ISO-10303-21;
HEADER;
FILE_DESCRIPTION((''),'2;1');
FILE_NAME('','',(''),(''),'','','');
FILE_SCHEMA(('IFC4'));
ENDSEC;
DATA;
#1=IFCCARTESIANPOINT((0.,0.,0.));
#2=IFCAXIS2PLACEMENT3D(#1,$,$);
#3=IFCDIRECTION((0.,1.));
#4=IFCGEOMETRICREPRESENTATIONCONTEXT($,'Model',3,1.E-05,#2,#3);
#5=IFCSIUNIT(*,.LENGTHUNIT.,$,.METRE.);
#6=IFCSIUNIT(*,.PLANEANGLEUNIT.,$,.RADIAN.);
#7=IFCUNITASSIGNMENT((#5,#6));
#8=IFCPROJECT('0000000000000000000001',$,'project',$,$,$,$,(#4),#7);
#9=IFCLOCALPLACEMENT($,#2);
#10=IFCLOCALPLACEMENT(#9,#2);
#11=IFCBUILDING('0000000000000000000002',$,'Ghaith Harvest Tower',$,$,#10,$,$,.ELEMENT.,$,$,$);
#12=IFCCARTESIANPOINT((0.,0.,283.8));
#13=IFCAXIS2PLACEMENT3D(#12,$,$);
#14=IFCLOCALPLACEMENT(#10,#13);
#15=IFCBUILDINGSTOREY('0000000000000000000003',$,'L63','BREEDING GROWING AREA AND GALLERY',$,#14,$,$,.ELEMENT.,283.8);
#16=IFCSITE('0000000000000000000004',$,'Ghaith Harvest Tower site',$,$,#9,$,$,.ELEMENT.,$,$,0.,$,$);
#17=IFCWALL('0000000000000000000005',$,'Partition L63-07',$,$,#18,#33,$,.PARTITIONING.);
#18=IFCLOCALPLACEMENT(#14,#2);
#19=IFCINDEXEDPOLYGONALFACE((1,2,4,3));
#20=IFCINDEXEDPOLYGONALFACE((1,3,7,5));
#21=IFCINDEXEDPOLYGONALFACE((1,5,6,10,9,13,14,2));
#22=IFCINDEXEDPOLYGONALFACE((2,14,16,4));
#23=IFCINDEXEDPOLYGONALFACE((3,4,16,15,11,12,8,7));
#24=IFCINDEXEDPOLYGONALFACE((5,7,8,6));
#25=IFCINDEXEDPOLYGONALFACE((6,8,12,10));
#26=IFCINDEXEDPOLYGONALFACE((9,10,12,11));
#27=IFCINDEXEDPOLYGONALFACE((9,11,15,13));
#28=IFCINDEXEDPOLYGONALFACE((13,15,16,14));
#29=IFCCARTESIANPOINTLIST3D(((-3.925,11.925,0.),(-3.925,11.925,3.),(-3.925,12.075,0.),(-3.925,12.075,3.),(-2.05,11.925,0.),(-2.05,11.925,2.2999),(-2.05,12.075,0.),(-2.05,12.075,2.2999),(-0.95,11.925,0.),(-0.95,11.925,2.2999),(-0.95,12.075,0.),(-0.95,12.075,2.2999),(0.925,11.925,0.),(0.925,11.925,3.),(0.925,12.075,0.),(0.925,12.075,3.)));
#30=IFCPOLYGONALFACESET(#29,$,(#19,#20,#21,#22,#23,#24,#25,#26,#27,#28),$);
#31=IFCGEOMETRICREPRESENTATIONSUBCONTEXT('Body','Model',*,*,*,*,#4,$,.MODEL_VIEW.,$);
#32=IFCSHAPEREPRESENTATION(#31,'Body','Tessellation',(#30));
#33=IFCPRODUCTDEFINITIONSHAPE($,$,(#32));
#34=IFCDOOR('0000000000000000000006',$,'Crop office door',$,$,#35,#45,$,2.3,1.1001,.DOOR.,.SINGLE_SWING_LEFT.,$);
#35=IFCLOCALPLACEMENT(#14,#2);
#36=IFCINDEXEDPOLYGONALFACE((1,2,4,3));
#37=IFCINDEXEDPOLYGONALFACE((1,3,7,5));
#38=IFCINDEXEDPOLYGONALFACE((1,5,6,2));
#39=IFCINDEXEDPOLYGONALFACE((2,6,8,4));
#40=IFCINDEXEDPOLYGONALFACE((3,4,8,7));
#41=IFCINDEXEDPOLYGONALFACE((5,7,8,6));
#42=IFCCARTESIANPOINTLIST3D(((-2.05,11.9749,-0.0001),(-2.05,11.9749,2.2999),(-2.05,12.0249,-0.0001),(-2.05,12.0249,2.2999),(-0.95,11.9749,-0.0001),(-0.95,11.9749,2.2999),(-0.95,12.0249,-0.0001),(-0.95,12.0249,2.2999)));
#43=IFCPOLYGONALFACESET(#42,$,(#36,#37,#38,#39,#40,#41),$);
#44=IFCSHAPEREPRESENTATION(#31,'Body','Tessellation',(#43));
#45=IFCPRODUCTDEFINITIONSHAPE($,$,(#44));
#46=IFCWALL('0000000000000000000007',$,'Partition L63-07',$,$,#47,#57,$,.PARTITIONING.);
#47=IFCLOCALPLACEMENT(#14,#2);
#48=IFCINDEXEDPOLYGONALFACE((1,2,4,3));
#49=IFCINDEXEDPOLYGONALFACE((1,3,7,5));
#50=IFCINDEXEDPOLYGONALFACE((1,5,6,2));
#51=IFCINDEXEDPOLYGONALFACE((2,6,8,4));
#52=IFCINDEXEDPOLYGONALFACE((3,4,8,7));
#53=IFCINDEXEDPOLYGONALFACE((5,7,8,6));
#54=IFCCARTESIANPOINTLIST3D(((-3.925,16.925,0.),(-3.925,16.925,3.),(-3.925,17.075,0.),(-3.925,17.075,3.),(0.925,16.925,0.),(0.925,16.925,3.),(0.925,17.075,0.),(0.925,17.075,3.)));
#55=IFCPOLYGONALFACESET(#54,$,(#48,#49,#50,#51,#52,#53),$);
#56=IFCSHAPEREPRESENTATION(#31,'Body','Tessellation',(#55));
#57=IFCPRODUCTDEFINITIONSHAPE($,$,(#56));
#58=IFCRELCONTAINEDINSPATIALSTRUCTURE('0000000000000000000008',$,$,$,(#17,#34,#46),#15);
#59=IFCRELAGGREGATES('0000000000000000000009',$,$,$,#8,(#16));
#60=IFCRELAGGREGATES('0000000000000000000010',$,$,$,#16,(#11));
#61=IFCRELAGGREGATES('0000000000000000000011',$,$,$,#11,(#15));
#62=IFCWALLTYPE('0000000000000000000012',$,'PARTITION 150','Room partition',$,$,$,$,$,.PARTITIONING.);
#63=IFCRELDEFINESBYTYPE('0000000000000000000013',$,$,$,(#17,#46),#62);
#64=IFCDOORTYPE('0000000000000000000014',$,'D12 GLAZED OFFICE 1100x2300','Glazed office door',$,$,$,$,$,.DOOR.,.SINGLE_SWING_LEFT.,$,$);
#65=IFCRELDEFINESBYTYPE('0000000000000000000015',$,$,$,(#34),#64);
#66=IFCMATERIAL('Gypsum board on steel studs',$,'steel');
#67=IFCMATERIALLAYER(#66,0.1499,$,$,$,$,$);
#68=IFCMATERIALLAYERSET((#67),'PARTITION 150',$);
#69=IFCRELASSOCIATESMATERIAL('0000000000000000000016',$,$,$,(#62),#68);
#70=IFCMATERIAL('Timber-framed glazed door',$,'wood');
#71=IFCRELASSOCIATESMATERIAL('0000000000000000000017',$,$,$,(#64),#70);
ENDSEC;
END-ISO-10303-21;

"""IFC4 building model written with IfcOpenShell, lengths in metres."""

from ifc_helpers import new_model, si_unit, direction, frame, frame_2d, origin, place, context, subcontext, project, spatial, rectangle, extrude, material, layer, layer_set, type_object, element, fill, save


model = new_model("IFC4")

# Units and contexts
model_context = context("Model", 3, precision=1e-05, world=origin(), true_north=direction((0.0, 1.0)))
body_context = subcontext(model_context, "Body", "Model", "MODEL_VIEW")
ifc_project = project(units=[si_unit("LENGTHUNIT", "METRE"), si_unit("PLANEANGLEUNIT", "RADIAN")], contexts=[model_context])

# Site, building, storey
site_placement = place(None, origin())
site = spatial("IfcSite", under=ifc_project, at=site_placement, Name="Ghaith Harvest Tower site", CompositionType="ELEMENT", RefElevation=0.0)
building_placement = place(site_placement, origin())
building = spatial("IfcBuilding", under=site, at=building_placement, Name="Ghaith Harvest Tower", CompositionType="ELEMENT")
storey_placement = place(building_placement, frame((0.0, 0.0, 283.8)))
storey = spatial("IfcBuildingStorey", under=building, at=storey_placement, Name="L63", Description="BREEDING GROWING AREA AND GALLERY", CompositionType="ELEMENT", Elevation=283.8)

# Shared definitions
ifc_material_1 = material(Name="Gypsum board on steel studs", Category="steel")
ifc_layer_1 = layer(ifc_material_1, 0.1499)
ifc_layer_set_1 = layer_set([ifc_layer_1], Name="PARTITION 150")
wall_type = type_object("IfcWallType", Name="PARTITION 150", Description="Room partition", PredefinedType="PARTITIONING", material=ifc_layer_set_1)

# Wall, opening, door
wall_1_placement = place(storey_placement, frame((-3.925, 12.0, 0.0), z_axis=(0.0, 0.0, 1.0), x_axis=(1.0, 0.0, 0.0)))
wall_1 = element("IfcWall", 1, at=wall_1_placement, inside=storey, type_object=wall_type, Name="Partition L63-07", PredefinedType="PARTITIONING", context=body_context, shape_type="SweptSolid", body=[
    extrude(rectangle(XDim=4.8501, YDim=0.1499, at=frame_2d((2.425, 0.0))), origin(), (0.0, 0.0, 1.0), 3.0),
])
opening_1_placement = place(wall_1_placement, frame((1.875, 0.0, 0.0)))
opening_1 = element("IfcOpeningElement", 2, at=opening_1_placement, cuts=wall_1, PredefinedType="OPENING", context=body_context, shape_type="SweptSolid", body=[
    extrude(rectangle(XDim=1.1001, YDim=2.3, at=frame_2d((0.55, 1.1499))), frame((0.0, 0.085, 0.0), z_axis=(0.0, -1.0, 0.0), x_axis=(1.0, 0.0, 0.0)), (0.0, 0.0, 1.0), 0.1699),
])
ifc_material_2 = material(Name="Timber-framed glazed door", Category="wood")
door_type_1 = type_object("IfcDoorType", Name="D12 GLAZED OFFICE 1100x2300", Description="Glazed office door", OperationType="SINGLE_SWING_LEFT", PredefinedType="DOOR", material=ifc_material_2)
door_1_placement = place(opening_1_placement, origin())
door_1 = element("IfcDoor", 3, at=door_1_placement, inside=storey, type_object=door_type_1, Name="Crop office door", OperationType="SINGLE_SWING_LEFT", OverallHeight=2.3, OverallWidth=1.1001, PredefinedType="DOOR", context=body_context, shape_type="SweptSolid", body=[
    extrude(rectangle(XDim=1.1001, YDim=2.3, at=frame_2d((0.55, 1.1499))), frame((0.0, 0.0249, 0.0), z_axis=(0.0, -1.0, 0.0), x_axis=(1.0, 0.0, 0.0)), (0.0, 0.0, 1.0), 0.05),
])
fill(opening_1, door_1)

# Wall
wall_2_placement = place(storey_placement, frame((-3.925, 17.0, 0.0), z_axis=(0.0, 0.0, 1.0), x_axis=(1.0, 0.0, 0.0)))
element("IfcWall", 4, at=wall_2_placement, inside=storey, type_object=wall_type, Name="Partition L63-07", PredefinedType="PARTITIONING", context=body_context, shape_type="SweptSolid", body=[
    extrude(rectangle(XDim=4.8501, YDim=0.1499, at=frame_2d((2.425, 0.0))), origin(), (0.0, 0.0, 1.0), 3.0),
])

save(model, "model.ifc")
